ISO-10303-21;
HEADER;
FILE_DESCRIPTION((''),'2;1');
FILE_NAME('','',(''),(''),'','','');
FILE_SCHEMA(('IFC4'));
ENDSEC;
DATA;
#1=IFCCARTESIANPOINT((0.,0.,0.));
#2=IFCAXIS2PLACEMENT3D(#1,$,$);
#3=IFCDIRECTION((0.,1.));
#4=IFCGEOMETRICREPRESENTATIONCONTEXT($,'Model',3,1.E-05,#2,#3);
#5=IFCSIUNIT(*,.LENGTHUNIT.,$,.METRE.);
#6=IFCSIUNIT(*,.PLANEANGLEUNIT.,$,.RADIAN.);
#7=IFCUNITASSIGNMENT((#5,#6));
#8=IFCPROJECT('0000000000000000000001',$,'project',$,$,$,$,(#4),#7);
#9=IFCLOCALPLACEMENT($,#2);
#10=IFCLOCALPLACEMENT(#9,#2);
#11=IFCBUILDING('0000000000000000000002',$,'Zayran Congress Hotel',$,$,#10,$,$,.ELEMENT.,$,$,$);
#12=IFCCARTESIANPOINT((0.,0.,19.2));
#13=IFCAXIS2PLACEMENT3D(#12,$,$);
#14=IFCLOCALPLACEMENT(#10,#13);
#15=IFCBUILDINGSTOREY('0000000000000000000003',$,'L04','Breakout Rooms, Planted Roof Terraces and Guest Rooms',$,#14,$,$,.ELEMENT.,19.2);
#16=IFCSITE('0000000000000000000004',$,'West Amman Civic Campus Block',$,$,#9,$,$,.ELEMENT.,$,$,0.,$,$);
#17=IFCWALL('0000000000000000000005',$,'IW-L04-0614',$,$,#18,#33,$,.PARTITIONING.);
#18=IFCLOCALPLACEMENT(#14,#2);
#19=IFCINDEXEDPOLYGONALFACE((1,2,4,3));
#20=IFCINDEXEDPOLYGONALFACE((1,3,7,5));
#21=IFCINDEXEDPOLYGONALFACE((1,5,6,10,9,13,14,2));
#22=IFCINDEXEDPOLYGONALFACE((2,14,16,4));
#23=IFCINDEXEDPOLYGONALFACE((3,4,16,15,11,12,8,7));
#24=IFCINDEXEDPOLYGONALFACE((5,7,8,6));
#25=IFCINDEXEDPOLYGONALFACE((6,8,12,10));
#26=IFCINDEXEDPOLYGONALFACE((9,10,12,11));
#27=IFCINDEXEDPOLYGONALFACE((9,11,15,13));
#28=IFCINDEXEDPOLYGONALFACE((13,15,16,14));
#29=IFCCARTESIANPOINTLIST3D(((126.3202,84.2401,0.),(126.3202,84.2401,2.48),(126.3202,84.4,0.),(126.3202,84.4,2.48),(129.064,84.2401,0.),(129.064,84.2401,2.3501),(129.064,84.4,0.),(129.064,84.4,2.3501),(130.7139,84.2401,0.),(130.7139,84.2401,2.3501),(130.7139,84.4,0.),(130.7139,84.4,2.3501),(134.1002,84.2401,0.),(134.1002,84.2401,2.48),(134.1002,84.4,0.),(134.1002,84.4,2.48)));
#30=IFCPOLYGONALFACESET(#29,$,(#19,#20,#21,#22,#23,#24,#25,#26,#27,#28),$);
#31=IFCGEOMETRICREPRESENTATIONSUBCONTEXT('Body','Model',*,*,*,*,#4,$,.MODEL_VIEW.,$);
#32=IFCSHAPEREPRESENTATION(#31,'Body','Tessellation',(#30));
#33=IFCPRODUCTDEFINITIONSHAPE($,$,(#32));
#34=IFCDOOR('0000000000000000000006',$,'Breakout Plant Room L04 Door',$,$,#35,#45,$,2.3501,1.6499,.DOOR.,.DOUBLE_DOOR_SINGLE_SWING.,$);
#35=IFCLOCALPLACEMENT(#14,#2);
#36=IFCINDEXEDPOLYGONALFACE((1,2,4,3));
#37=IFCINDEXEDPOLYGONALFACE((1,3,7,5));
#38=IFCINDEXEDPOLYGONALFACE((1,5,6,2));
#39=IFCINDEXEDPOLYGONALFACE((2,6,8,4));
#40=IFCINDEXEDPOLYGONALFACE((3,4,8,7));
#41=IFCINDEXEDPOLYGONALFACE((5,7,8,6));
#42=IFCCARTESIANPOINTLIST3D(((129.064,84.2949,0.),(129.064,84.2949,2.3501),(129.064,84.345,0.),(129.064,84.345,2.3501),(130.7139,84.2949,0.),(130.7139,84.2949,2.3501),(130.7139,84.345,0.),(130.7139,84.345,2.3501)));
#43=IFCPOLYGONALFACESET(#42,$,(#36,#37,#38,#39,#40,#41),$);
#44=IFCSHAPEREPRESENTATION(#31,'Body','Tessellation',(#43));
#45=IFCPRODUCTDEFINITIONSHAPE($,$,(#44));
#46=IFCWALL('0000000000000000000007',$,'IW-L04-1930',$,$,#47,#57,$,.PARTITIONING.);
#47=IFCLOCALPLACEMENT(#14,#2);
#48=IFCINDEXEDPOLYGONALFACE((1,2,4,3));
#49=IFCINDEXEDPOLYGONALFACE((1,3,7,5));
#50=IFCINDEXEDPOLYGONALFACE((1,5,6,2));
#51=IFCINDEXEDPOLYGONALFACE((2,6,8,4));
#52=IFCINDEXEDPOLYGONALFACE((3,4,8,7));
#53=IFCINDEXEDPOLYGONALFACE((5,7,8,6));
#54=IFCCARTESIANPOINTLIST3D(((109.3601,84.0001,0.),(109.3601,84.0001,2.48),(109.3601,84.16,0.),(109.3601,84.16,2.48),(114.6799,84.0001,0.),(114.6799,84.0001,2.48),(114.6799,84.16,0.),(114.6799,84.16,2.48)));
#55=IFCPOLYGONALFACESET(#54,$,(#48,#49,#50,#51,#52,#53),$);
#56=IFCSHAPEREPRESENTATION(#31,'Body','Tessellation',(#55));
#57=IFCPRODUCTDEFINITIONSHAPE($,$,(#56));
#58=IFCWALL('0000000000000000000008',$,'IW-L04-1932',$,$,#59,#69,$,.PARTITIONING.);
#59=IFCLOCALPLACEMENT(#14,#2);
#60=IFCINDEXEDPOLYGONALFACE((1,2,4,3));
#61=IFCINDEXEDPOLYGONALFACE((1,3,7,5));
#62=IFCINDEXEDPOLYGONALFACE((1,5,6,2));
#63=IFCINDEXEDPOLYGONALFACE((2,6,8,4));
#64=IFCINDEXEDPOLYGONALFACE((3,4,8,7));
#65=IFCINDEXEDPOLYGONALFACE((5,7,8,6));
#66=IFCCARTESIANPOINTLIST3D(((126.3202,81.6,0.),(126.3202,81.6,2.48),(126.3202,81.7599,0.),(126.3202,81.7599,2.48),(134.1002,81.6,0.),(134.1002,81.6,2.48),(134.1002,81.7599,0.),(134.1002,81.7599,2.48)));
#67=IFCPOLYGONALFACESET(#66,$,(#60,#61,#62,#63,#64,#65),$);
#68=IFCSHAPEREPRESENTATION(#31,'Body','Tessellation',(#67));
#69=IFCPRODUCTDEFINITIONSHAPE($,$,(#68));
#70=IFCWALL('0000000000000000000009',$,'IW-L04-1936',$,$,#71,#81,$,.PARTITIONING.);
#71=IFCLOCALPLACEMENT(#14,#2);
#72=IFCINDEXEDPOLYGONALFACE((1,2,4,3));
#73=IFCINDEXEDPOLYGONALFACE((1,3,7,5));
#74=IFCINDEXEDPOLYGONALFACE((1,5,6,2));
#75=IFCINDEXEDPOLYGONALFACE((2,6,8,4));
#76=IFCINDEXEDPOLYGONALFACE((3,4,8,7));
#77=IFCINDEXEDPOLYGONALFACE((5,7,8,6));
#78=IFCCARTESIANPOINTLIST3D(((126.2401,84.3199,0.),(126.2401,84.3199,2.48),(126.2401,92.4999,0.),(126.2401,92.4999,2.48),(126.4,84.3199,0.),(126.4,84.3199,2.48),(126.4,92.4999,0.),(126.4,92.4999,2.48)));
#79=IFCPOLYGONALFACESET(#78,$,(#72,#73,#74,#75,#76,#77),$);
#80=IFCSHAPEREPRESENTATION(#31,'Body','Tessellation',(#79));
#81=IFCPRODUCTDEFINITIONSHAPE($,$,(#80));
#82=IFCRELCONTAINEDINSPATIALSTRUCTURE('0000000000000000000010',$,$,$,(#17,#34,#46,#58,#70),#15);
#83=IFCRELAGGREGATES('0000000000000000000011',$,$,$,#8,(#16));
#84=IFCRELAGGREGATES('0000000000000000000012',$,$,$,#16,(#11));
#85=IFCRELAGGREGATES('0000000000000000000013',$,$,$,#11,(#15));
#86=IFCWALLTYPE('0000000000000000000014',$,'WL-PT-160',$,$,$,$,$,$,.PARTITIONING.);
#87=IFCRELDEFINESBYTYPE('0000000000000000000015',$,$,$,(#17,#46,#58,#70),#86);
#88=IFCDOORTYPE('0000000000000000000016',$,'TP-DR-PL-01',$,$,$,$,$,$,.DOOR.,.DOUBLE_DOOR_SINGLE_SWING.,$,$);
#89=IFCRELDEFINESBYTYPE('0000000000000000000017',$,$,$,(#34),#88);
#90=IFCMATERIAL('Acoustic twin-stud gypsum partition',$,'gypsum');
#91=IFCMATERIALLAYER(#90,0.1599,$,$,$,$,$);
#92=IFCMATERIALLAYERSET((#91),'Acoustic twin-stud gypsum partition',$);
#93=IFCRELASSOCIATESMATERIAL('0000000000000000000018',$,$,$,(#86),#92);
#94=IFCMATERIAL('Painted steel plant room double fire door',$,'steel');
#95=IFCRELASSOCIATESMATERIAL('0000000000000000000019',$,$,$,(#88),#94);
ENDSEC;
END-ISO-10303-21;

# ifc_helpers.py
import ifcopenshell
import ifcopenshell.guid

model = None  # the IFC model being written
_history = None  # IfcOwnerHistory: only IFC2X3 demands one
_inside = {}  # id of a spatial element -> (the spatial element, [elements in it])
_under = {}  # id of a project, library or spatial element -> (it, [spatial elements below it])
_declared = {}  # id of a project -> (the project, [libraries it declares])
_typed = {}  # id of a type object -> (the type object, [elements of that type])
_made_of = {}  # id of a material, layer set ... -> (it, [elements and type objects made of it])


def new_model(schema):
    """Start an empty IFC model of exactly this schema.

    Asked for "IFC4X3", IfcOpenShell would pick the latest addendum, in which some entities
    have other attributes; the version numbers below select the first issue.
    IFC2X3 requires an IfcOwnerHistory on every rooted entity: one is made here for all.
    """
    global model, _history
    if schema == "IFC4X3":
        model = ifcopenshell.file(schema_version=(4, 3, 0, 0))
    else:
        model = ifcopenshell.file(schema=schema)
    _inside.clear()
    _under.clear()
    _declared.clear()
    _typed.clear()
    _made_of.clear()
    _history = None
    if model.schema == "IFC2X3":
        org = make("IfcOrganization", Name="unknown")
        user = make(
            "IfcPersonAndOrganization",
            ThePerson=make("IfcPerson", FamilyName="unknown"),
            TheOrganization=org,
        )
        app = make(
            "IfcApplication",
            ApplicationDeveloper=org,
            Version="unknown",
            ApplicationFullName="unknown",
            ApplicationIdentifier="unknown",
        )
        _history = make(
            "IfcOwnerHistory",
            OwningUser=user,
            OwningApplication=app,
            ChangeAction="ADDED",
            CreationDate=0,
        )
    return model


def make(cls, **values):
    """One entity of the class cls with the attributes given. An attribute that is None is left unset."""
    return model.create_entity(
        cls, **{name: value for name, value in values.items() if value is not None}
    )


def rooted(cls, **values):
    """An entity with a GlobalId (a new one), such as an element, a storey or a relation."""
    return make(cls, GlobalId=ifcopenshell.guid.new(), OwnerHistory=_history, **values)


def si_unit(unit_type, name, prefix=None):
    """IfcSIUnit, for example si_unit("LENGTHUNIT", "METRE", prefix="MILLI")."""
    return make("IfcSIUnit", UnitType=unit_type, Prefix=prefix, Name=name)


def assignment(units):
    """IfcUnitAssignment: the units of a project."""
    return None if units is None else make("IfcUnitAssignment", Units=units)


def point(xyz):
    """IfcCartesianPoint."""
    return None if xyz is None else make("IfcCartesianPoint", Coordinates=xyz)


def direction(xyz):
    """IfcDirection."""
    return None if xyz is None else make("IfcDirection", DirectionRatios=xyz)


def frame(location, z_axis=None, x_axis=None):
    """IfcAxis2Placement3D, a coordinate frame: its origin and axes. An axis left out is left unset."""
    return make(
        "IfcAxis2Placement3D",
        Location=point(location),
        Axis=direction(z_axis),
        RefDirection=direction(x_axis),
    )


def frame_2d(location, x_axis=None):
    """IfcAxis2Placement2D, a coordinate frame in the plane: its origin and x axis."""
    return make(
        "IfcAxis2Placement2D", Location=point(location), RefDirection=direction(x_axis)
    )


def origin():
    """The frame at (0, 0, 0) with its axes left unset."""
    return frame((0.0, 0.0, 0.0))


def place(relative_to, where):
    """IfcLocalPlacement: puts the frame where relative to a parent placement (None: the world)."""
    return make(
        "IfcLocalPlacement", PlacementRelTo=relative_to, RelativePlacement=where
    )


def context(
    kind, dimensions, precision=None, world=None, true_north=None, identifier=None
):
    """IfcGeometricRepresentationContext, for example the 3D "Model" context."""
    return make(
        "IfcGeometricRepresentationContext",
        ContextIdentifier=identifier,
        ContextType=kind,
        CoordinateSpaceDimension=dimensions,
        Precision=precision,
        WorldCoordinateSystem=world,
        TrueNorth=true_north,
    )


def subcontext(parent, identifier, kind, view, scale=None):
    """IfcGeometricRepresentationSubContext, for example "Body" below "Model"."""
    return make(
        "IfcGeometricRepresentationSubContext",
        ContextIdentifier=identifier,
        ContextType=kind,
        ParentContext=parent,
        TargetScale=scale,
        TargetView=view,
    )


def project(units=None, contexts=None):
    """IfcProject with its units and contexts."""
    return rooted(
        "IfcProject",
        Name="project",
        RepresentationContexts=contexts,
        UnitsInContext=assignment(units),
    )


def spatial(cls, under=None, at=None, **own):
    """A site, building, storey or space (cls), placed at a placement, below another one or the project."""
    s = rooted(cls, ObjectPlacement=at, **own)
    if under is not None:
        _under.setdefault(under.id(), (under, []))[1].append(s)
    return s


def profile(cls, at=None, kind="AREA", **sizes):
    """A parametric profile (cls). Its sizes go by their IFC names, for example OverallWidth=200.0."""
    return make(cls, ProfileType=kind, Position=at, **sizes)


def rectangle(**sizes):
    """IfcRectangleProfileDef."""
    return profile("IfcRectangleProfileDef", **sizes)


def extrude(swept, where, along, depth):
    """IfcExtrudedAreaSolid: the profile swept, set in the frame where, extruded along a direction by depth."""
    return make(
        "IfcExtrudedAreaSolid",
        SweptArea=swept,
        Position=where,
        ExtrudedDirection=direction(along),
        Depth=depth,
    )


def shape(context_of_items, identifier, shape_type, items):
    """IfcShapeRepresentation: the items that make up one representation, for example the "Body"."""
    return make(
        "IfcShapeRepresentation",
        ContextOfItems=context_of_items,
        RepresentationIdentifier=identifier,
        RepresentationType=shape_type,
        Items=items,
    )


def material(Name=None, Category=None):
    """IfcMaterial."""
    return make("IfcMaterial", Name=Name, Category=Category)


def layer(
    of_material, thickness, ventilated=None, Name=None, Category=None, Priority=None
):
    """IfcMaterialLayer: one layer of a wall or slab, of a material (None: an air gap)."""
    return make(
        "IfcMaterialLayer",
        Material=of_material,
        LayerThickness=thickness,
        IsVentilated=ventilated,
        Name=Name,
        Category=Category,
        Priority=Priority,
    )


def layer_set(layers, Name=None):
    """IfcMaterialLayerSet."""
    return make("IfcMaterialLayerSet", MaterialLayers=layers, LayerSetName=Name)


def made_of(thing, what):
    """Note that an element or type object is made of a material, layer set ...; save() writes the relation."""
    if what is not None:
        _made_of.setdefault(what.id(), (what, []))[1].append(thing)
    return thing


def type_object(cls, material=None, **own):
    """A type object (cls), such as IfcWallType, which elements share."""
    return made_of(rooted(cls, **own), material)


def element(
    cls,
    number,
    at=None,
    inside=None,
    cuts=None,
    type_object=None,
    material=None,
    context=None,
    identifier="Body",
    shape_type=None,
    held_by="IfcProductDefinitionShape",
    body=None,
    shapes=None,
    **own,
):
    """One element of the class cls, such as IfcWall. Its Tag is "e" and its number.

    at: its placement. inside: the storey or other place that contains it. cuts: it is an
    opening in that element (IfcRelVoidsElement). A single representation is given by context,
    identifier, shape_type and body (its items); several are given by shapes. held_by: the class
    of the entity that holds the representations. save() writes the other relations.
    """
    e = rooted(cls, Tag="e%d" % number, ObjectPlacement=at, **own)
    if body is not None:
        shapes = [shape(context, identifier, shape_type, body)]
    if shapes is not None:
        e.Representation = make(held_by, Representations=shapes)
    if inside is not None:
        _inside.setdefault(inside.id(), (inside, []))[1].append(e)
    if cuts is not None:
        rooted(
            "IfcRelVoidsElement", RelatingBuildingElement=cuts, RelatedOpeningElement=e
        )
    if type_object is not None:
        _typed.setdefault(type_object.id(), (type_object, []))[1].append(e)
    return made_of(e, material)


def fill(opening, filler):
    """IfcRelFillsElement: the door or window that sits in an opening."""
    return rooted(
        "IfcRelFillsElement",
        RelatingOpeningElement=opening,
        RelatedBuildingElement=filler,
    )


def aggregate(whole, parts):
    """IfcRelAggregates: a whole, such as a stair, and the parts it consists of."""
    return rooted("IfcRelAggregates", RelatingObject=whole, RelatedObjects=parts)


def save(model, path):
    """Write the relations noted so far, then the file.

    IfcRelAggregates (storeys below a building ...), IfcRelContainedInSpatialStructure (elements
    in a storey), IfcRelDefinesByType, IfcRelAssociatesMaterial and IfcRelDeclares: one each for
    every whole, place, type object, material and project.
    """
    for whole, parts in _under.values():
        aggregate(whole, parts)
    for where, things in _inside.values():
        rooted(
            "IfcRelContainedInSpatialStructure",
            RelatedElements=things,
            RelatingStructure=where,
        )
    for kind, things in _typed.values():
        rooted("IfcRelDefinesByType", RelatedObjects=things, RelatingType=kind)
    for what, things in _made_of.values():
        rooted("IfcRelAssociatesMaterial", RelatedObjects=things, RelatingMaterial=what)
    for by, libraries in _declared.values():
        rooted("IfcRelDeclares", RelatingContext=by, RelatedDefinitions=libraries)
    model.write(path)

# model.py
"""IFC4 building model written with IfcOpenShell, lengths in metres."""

from ifc_helpers import new_model, si_unit, direction, frame, frame_2d, origin, place, context, subcontext, project, spatial, rectangle, extrude, material, layer, layer_set, type_object, element, fill, save


model = new_model("IFC4")

# Units and contexts
model_context = context("Model", 3, precision=1e-05, world=origin(), true_north=direction((0.0, 1.0)))
body_context = subcontext(model_context, "Body", "Model", "MODEL_VIEW")
ifc_project = project(units=[si_unit("LENGTHUNIT", "METRE"), si_unit("PLANEANGLEUNIT", "RADIAN")], contexts=[model_context])

# Site, building, storey
site_placement = place(None, origin())
site = spatial("IfcSite", under=ifc_project, at=site_placement, Name="West Amman Civic Campus Block", CompositionType="ELEMENT", RefElevation=0.0)
building_placement = place(site_placement, origin())
building = spatial("IfcBuilding", under=site, at=building_placement, Name="Zayran Congress Hotel", CompositionType="ELEMENT")
storey_placement = place(building_placement, frame((0.0, 0.0, 19.2)))
storey = spatial("IfcBuildingStorey", under=building, at=storey_placement, Name="L04", Description="Breakout Rooms, Planted Roof Terraces and Guest Rooms", CompositionType="ELEMENT", Elevation=19.2)

# Wall, opening, door
ifc_material_1 = material(Name="Acoustic twin-stud gypsum partition", Category="gypsum")
ifc_layer_1 = layer(ifc_material_1, 0.1599)
ifc_layer_set_1 = layer_set([ifc_layer_1], Name="Acoustic twin-stud gypsum partition")
wall_type_1 = type_object("IfcWallType", Name="WL-PT-160", PredefinedType="PARTITIONING", material=ifc_layer_set_1)
wall_1_placement = place(storey_placement, frame((126.3201, 84.3201, 0.0), z_axis=(0.0, 0.0, 1.0), x_axis=(1.0, 0.0, 0.0)))
wall_1 = element("IfcWall", 1, at=wall_1_placement, inside=storey, type_object=wall_type_1, Name="IW-L04-0614", PredefinedType="PARTITIONING", context=body_context, shape_type="SweptSolid", body=[
    extrude(rectangle(XDim=7.78, YDim=0.1599, at=frame_2d((3.8901, 0.0))), origin(), (0.0, 0.0, 1.0), 2.48),
])
opening_1_placement = place(wall_1_placement, frame((2.7439, 0.0, 0.0)))
opening_1 = element("IfcOpeningElement", 2, at=opening_1_placement, cuts=wall_1, PredefinedType="OPENING", context=body_context, shape_type="SweptSolid", body=[
    extrude(rectangle(XDim=1.6499, YDim=2.3501, at=frame_2d((0.825, 1.175))), frame((0.0, 0.0898, 0.0), z_axis=(0.0, -1.0, 0.0), x_axis=(1.0, 0.0, 0.0)), (0.0, 0.0, 1.0), 0.1799),
])
ifc_material_2 = material(Name="Painted steel plant room double fire door", Category="steel")
door_type_1 = type_object("IfcDoorType", Name="TP-DR-PL-01", OperationType="DOUBLE_DOOR_SINGLE_SWING", PredefinedType="DOOR", material=ifc_material_2)
door_1_placement = place(opening_1_placement, origin())
door_1 = element("IfcDoor", 3, at=door_1_placement, inside=storey, type_object=door_type_1, Name="Breakout Plant Room L04 Door", OperationType="DOUBLE_DOOR_SINGLE_SWING", OverallHeight=2.3501, OverallWidth=1.6499, PredefinedType="DOOR", context=body_context, shape_type="SweptSolid", body=[
    extrude(rectangle(XDim=1.6499, YDim=2.3501, at=frame_2d((0.825, 1.175))), frame((0.0, 0.0249, 0.0), z_axis=(0.0, -1.0, 0.0), x_axis=(1.0, 0.0, 0.0)), (0.0, 0.0, 1.0), 0.05),
])
fill(opening_1, door_1)

# Walls
wall_2_placement = place(storey_placement, frame((109.3601, 84.0801, 0.0), z_axis=(0.0, 0.0, 1.0), x_axis=(1.0, 0.0, 0.0)))
element("IfcWall", 4, at=wall_2_placement, inside=storey, type_object=wall_type_1, Name="IW-L04-1930", PredefinedType="PARTITIONING", context=body_context, shape_type="SweptSolid", body=[
    extrude(rectangle(XDim=5.3198, YDim=0.1599, at=frame_2d((2.6599, 0.0))), origin(), (0.0, 0.0, 1.0), 2.48),
])
wall_3_placement = place(storey_placement, frame((126.3201, 81.6799, 0.0), z_axis=(0.0, 0.0, 1.0), x_axis=(1.0, 0.0, 0.0)))
element("IfcWall", 5, at=wall_3_placement, inside=storey, type_object=wall_type_1, Name="IW-L04-1932", PredefinedType="PARTITIONING", context=body_context, shape_type="SweptSolid", body=[
    extrude(rectangle(XDim=7.78, YDim=0.1599, at=frame_2d((3.8901, 0.0))), origin(), (0.0, 0.0, 1.0), 2.48),
])
wall_4_placement = place(storey_placement, frame((126.3201, 84.3201, 0.0), z_axis=(0.0, 0.0, 1.0), x_axis=(0.0, 1.0, 0.0)))
element("IfcWall", 6, at=wall_4_placement, inside=storey, type_object=wall_type_1, Name="IW-L04-1936", PredefinedType="PARTITIONING", context=body_context, shape_type="SweptSolid", body=[
    extrude(rectangle(XDim=8.1799, YDim=0.1599, at=frame_2d((4.0898, 0.0))), origin(), (0.0, 0.0, 1.0), 2.48),
])

save(model, "model.ifc")
